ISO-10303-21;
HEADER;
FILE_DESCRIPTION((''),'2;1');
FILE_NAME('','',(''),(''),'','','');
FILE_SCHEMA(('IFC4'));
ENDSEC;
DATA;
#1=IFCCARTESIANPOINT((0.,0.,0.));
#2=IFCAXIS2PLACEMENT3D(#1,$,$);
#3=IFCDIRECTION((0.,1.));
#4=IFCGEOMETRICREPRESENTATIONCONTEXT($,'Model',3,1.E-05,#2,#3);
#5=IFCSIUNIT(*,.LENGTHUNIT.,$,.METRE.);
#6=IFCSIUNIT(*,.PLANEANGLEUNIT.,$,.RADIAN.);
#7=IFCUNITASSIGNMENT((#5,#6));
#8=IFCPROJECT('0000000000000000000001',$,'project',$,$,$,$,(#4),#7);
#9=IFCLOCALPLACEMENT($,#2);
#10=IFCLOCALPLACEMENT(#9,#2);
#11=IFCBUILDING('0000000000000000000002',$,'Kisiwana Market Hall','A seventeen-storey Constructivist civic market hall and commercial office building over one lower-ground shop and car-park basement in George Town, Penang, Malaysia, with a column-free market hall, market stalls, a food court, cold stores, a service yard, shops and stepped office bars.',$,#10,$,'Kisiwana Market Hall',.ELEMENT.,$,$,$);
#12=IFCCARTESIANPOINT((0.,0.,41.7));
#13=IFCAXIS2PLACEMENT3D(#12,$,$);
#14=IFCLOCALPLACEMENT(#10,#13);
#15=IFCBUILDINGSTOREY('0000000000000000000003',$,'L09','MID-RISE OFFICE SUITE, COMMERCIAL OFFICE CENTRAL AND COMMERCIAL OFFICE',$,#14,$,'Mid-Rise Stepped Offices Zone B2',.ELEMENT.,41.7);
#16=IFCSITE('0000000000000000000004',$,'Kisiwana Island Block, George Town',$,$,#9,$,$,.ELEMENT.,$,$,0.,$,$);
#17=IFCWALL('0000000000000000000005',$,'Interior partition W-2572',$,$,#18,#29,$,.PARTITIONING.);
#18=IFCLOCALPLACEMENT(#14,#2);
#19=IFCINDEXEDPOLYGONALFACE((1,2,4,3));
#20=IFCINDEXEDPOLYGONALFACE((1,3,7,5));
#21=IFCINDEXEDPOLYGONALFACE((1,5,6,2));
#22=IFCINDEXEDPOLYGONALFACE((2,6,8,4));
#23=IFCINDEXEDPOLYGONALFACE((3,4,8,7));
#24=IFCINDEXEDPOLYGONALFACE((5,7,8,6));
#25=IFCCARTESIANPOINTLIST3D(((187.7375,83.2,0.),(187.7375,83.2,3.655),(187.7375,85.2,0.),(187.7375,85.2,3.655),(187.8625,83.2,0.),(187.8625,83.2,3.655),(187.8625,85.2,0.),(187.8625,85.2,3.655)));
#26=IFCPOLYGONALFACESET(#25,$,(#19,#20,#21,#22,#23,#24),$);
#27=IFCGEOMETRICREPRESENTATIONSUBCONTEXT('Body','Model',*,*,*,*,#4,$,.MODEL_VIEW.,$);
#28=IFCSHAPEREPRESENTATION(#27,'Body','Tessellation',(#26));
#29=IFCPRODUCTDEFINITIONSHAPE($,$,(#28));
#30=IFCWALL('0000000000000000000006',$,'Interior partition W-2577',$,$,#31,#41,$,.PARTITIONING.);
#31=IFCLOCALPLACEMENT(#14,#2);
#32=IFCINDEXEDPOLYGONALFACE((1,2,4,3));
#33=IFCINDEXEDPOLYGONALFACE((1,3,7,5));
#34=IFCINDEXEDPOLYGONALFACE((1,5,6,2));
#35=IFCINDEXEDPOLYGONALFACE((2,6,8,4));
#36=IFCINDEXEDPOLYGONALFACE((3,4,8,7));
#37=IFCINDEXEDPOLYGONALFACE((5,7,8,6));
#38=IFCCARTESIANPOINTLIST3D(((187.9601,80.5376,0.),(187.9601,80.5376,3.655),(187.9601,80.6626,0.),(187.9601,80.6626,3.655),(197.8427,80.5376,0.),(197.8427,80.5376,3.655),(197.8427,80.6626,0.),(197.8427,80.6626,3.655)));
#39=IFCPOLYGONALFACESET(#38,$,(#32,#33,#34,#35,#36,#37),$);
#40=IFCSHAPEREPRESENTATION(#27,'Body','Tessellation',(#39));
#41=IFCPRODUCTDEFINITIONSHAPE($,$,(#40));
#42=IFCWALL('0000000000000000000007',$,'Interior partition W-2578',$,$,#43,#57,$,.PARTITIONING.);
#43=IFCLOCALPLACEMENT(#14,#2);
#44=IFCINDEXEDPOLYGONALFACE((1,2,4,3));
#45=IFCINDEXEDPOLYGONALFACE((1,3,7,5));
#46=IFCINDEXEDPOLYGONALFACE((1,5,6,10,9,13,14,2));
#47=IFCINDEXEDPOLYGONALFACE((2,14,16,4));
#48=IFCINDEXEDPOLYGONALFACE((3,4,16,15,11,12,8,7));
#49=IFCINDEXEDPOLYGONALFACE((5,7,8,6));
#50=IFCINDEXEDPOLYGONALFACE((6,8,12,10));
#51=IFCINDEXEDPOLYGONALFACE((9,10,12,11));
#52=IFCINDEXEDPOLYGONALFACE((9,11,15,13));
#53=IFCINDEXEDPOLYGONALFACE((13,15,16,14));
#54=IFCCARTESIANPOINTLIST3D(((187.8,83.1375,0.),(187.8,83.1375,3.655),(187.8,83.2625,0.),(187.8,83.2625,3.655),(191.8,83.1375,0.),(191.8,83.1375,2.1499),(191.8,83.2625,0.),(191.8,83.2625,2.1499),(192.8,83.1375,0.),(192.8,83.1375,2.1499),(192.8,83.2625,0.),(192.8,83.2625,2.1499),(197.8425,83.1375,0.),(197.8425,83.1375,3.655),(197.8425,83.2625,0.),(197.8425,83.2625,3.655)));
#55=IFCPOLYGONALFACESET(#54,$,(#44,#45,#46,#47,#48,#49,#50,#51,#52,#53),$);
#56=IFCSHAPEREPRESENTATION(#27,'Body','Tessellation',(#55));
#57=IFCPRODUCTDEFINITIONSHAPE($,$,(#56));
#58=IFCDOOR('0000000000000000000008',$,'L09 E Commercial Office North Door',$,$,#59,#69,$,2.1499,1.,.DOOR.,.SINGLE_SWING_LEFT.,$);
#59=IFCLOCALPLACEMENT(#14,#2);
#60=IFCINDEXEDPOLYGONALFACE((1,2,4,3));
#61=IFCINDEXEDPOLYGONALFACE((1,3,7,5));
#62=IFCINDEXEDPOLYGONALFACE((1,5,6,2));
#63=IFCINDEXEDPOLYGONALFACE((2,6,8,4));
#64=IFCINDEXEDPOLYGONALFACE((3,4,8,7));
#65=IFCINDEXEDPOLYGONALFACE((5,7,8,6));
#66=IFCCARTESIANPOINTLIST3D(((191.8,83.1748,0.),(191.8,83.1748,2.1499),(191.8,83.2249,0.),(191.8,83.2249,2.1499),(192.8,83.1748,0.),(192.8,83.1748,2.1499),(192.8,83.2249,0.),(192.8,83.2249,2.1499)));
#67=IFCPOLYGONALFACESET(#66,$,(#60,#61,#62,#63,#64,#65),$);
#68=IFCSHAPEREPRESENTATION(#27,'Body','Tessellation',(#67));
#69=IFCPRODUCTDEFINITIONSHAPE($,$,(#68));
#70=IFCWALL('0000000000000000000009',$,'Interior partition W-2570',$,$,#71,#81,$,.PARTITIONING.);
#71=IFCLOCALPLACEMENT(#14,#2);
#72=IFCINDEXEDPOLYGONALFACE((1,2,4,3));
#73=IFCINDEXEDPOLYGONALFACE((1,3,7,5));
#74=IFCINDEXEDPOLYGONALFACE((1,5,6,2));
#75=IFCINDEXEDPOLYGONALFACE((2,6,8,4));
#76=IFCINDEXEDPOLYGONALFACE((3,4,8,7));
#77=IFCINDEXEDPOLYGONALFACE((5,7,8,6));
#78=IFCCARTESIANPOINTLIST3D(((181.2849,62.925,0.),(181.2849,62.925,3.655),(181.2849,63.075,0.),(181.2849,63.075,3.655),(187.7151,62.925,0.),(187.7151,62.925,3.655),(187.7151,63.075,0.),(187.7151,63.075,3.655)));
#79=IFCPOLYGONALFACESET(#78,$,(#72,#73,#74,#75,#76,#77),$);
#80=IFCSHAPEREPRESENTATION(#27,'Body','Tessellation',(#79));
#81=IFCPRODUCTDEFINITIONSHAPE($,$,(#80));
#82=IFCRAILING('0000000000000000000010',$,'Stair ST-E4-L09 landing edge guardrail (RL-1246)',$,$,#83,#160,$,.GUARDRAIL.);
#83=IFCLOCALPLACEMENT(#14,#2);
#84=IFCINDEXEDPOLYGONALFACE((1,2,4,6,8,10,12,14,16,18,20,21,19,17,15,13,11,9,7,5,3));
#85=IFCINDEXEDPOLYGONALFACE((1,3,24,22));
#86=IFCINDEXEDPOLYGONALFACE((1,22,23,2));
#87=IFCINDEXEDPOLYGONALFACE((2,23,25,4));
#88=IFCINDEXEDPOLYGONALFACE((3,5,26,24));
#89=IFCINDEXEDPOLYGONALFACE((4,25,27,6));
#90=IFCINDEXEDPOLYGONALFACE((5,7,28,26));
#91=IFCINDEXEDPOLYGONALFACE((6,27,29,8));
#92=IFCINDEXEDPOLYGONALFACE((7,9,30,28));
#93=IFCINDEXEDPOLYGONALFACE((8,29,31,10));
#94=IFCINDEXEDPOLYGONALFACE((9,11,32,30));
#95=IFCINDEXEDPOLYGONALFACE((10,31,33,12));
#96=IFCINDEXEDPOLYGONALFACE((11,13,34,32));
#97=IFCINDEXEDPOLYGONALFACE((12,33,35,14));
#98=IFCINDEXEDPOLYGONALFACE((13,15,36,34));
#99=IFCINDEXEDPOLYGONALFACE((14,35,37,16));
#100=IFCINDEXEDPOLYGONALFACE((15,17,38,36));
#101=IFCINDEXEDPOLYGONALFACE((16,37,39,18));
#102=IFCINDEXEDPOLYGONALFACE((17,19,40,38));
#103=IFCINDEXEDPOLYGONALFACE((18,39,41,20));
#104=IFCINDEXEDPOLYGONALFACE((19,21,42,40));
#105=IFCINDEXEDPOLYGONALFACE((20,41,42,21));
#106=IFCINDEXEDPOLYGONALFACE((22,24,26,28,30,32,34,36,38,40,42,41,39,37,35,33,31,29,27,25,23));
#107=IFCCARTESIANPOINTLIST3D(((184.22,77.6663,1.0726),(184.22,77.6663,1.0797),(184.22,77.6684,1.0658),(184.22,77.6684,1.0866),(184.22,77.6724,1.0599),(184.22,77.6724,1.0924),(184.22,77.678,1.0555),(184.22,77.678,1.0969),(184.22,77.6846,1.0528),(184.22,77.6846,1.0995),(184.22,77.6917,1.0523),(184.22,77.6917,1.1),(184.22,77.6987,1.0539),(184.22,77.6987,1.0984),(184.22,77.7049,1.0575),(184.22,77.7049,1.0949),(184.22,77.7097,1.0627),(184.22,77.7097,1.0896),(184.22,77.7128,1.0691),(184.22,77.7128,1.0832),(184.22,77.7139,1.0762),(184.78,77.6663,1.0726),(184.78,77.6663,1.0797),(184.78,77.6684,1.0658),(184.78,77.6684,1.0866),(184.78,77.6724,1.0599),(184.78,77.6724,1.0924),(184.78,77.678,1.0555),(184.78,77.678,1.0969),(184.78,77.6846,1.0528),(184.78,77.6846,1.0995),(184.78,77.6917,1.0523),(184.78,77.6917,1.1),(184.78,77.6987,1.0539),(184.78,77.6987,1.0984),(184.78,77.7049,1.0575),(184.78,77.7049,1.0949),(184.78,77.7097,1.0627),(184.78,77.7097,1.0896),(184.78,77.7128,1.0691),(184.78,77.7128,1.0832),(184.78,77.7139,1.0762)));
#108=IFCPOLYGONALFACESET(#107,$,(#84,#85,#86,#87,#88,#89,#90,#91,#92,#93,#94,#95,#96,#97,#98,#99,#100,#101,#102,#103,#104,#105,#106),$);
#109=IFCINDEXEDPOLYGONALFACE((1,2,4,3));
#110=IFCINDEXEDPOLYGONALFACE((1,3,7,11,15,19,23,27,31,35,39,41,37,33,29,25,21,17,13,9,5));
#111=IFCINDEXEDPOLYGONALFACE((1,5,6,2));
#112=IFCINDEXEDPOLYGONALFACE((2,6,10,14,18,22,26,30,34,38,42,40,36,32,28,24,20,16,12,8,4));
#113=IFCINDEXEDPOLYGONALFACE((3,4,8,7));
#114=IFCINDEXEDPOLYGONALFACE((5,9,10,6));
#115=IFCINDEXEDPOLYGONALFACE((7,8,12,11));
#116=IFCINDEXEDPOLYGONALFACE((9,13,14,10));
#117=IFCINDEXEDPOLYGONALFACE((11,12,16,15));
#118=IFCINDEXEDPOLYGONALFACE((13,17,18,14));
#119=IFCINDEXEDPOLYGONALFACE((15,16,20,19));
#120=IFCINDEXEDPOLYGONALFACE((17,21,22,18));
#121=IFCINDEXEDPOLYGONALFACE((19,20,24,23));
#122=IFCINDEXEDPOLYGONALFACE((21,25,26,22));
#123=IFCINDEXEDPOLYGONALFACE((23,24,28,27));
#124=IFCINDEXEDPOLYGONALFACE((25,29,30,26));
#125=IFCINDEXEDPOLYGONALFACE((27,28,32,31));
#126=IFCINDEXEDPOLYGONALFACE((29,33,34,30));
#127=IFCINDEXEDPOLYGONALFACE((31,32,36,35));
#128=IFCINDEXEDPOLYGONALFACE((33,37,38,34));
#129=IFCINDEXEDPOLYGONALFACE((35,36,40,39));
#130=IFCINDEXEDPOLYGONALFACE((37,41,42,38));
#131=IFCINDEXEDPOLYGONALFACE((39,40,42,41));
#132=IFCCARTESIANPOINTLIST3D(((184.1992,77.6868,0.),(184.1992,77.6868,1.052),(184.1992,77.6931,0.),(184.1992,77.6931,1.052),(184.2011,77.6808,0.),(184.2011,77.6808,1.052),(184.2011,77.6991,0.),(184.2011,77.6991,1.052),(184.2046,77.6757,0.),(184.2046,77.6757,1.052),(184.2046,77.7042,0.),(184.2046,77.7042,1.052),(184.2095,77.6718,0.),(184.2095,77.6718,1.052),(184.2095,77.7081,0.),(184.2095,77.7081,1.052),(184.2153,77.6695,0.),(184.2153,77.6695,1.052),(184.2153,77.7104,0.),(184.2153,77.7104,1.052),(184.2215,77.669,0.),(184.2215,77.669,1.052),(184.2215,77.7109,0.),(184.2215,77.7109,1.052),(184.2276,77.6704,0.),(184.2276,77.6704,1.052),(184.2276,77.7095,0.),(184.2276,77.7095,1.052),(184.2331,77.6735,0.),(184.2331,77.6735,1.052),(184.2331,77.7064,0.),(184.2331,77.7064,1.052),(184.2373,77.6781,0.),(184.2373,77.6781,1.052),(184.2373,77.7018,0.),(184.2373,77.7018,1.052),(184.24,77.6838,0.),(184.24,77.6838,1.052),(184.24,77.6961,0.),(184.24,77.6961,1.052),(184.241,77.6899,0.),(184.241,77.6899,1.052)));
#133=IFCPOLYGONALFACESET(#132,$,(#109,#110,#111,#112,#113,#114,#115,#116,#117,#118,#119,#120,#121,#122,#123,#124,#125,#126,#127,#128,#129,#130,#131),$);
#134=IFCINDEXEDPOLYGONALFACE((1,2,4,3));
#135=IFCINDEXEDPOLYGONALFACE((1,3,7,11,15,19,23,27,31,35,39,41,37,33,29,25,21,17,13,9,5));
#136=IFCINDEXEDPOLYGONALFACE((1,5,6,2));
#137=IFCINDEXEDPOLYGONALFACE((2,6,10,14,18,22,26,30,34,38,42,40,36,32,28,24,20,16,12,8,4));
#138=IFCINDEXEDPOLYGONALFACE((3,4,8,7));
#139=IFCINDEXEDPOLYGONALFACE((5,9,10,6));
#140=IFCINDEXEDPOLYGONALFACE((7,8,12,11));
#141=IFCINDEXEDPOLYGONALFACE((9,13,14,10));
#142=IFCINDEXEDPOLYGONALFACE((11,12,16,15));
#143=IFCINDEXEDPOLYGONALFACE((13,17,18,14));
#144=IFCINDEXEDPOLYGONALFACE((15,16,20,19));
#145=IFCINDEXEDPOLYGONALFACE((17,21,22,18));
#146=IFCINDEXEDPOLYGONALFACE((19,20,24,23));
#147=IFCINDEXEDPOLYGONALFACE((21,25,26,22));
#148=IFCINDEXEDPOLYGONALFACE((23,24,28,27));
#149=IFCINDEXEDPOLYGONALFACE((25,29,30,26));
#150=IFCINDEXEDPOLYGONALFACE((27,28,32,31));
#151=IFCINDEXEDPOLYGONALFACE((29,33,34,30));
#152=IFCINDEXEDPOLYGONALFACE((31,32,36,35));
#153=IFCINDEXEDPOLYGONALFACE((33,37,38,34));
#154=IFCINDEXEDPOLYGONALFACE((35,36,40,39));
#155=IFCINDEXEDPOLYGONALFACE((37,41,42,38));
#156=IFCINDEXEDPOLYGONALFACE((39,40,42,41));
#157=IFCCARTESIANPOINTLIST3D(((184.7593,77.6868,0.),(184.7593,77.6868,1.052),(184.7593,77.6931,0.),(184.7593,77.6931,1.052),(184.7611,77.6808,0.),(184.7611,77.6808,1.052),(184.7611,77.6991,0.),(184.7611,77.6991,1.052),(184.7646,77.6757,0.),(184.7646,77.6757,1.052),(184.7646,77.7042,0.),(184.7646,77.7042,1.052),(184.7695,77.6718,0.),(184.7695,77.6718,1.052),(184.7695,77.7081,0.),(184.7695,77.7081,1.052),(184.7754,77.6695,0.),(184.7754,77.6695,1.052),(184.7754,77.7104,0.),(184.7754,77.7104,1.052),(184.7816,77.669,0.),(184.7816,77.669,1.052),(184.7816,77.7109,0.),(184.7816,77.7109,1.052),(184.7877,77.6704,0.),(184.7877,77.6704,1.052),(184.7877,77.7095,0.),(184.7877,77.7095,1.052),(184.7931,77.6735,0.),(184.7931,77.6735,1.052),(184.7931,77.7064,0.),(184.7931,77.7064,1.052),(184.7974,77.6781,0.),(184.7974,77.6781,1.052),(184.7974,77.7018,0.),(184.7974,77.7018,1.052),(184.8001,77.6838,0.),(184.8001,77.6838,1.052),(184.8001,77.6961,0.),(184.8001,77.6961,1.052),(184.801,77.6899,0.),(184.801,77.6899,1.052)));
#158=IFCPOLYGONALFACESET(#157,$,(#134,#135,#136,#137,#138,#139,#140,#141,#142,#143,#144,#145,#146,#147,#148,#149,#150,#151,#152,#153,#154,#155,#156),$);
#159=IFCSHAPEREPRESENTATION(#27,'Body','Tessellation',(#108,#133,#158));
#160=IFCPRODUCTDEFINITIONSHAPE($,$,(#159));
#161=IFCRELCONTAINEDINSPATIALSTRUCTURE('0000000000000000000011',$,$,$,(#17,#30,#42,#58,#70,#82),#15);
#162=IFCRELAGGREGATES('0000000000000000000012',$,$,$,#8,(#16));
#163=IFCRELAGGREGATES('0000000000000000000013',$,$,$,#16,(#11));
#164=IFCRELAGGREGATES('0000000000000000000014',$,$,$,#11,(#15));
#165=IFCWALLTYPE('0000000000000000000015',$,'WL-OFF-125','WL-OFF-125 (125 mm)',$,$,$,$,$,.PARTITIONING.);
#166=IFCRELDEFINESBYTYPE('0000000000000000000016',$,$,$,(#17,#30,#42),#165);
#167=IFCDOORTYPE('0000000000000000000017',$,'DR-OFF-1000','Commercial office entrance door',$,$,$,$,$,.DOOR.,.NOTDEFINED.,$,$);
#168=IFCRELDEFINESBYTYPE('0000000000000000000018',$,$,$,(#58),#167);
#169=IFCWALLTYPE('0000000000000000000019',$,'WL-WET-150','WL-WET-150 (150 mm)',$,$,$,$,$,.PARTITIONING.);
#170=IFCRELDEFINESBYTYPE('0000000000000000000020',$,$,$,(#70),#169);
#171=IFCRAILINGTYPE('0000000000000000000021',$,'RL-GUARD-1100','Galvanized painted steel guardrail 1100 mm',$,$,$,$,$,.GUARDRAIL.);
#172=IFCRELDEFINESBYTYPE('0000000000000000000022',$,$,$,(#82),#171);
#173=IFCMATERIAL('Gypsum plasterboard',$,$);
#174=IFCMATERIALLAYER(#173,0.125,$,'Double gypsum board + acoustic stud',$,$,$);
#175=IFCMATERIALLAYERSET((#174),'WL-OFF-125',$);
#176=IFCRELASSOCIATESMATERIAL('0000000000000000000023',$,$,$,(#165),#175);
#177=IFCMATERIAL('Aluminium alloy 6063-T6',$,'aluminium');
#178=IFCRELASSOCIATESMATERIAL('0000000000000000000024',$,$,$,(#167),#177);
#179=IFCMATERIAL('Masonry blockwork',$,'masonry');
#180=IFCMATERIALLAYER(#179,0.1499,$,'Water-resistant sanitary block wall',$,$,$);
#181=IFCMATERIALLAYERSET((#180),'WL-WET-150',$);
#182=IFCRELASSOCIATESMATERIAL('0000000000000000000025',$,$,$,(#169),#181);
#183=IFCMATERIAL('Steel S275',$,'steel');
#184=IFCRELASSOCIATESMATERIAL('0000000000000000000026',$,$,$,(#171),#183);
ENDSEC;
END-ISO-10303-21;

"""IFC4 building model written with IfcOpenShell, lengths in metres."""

from ifc_helpers import new_model, si_unit, direction, frame, frame_2d, origin, origin_2d, place, context, subcontext, project, spatial, rectangle, circle, extrude, material, layer, layer_set, type_object, element, fill, save


model = new_model("IFC4")

# Units and contexts
model_context = context("Model", 3, precision=1e-05, world=origin(), true_north=direction((0.0, 1.0)))
body_context = subcontext(model_context, "Body", "Model", "MODEL_VIEW")
ifc_project = project(units=[si_unit("LENGTHUNIT", "METRE"), si_unit("PLANEANGLEUNIT", "RADIAN")], contexts=[model_context])

# Site, building, storey
site_placement = place(None, origin())
site = spatial("IfcSite", under=ifc_project, at=site_placement, Name="Kisiwana Island Block, George Town", CompositionType="ELEMENT", RefElevation=0.0)
building_placement = place(site_placement, origin())
building = spatial("IfcBuilding", under=site, at=building_placement, Name="Kisiwana Market Hall", Description="A seventeen-storey Constructivist civic market hall and commercial office building over one lower-ground shop and car-park basement in George Town, Penang, Malaysia, with a column-free market hall, market stalls, a food court, cold stores, a service yard, shops and stepped office bars.", LongName="Kisiwana Market Hall", CompositionType="ELEMENT")
storey_placement = place(building_placement, frame((0.0, 0.0, 41.7)))
storey = spatial("IfcBuildingStorey", under=building, at=storey_placement, Name="L09", Description="MID-RISE OFFICE SUITE, COMMERCIAL OFFICE CENTRAL AND COMMERCIAL OFFICE", LongName="Mid-Rise Stepped Offices Zone B2", CompositionType="ELEMENT", Elevation=41.7)

# Walls
ifc_material_1 = material(Name="Gypsum plasterboard")
ifc_layer_1 = layer(ifc_material_1, 0.125, Name="Double gypsum board + acoustic stud")
ifc_layer_set_1 = layer_set([ifc_layer_1], Name="WL-OFF-125")
wall_type_1 = type_object("IfcWallType", Name="WL-OFF-125", Description="WL-OFF-125 (125 mm)", PredefinedType="PARTITIONING", material=ifc_layer_set_1)
wall_1_placement = place(storey_placement, frame((187.8, 83.2, 0.0), z_axis=(0.0, 0.0, 1.0), x_axis=(0.0, 1.0, 0.0)))
element("IfcWall", 1, at=wall_1_placement, inside=storey, type_object=wall_type_1, Name="Interior partition W-2572", PredefinedType="PARTITIONING", context=body_context, shape_type="SweptSolid", body=[
    extrude(rectangle(XDim=2.0, YDim=0.125, at=frame_2d((1.0, 0.0))), origin(), (0.0, 0.0, 1.0), 3.655),
])
wall_2_placement = place(storey_placement, frame((187.96, 80.6001, 0.0), z_axis=(0.0, 0.0, 1.0), x_axis=(1.0, 0.0, 0.0)))
element("IfcWall", 2, at=wall_2_placement, inside=storey, type_object=wall_type_1, Name="Interior partition W-2577", PredefinedType="PARTITIONING", context=body_context, shape_type="SweptSolid", body=[
    extrude(rectangle(XDim=9.8826, YDim=0.125, at=frame_2d((4.9414, 0.0))), origin(), (0.0, 0.0, 1.0), 3.655),
])

# Wall, opening, door
wall_3_placement = place(storey_placement, frame((187.8, 83.2, 0.0), z_axis=(0.0, 0.0, 1.0), x_axis=(1.0, 0.0, 0.0)))
wall_3 = element("IfcWall", 3, at=wall_3_placement, inside=storey, type_object=wall_type_1, Name="Interior partition W-2578", PredefinedType="PARTITIONING", context=body_context, shape_type="SweptSolid", body=[
    extrude(rectangle(XDim=10.0425, YDim=0.125, at=frame_2d((5.0212, 0.0))), origin(), (0.0, 0.0, 1.0), 3.655),
])
opening_1_placement = place(wall_3_placement, frame((4.0, 0.0, 0.0)))
opening_1 = element("IfcOpeningElement", 4, at=opening_1_placement, cuts=wall_3, PredefinedType="OPENING", context=body_context, shape_type="SweptSolid", body=[
    extrude(rectangle(XDim=1.0, YDim=2.1499, at=frame_2d((0.5, 1.075))), frame((0.0, 0.0745, 0.0), z_axis=(0.0, -1.0, 0.0), x_axis=(1.0, 0.0, 0.0)), (0.0, 0.0, 1.0), 0.1489),
])
ifc_material_2 = material(Name="Aluminium alloy 6063-T6", Category="aluminium")
door_type_1 = type_object("IfcDoorType", Name="DR-OFF-1000", Description="Commercial office entrance door", OperationType="NOTDEFINED", PredefinedType="DOOR", material=ifc_material_2)
door_1_placement = place(opening_1_placement, origin())
door_1 = element("IfcDoor", 5, at=door_1_placement, inside=storey, type_object=door_type_1, Name="L09 E Commercial Office North Door", OperationType="SINGLE_SWING_LEFT", OverallHeight=2.1499, OverallWidth=1.0, PredefinedType="DOOR", context=body_context, shape_type="SweptSolid", body=[
    extrude(rectangle(XDim=1.0, YDim=2.1499, at=frame_2d((0.5, 1.075))), frame((0.0, 0.0249, 0.0), z_axis=(0.0, -1.0, 0.0), x_axis=(1.0, 0.0, 0.0)), (0.0, 0.0, 1.0), 0.05),
])
fill(opening_1, door_1)

# Wall
ifc_material_3 = material(Name="Masonry blockwork", Category="masonry")
ifc_layer_2 = layer(ifc_material_3, 0.1499, Name="Water-resistant sanitary block wall")
ifc_layer_set_2 = layer_set([ifc_layer_2], Name="WL-WET-150")
wall_type_2 = type_object("IfcWallType", Name="WL-WET-150", Description="WL-WET-150 (150 mm)", PredefinedType="PARTITIONING", material=ifc_layer_set_2)
wall_4_placement = place(storey_placement, frame((181.2849, 63.0, 0.0), z_axis=(0.0, 0.0, 1.0), x_axis=(1.0, 0.0, 0.0)))
element("IfcWall", 6, at=wall_4_placement, inside=storey, type_object=wall_type_2, Name="Interior partition W-2570", PredefinedType="PARTITIONING", context=body_context, shape_type="SweptSolid", body=[
    extrude(rectangle(XDim=6.4302, YDim=0.1499, at=frame_2d((3.2151, 0.0))), origin(), (0.0, 0.0, 1.0), 3.655),
])

# Railing
ifc_material_4 = material(Name="Steel S275", Category="steel")
railing_type_1 = type_object("IfcRailingType", Name="RL-GUARD-1100", Description="Galvanized painted steel guardrail 1100 mm", PredefinedType="GUARDRAIL", material=ifc_material_4)
railing_1_placement = place(storey_placement, frame((184.22, 77.6899, 0.0)))
element("IfcRailing", 7, at=railing_1_placement, inside=storey, type_object=railing_type_1, Name="Stair ST-E4-L09 landing edge guardrail (RL-1246)", PredefinedType="GUARDRAIL", context=body_context, shape_type="SweptSolid", body=[
    extrude(circle(Radius=0.0239, at=origin_2d()), frame((0.0, 0.0, 1.0762), z_axis=(1.0, 0.0, 0.0), x_axis=(0.0, 1.0, 0.0)), (0.0, 0.0, 1.0), 0.5601),
    extrude(circle(Radius=0.021, at=origin_2d()), origin(), (0.0, 0.0, 1.0), 1.052),
    extrude(circle(Radius=0.021, at=origin_2d()), frame((0.5601, 0.0, 0.0)), (0.0, 0.0, 1.0), 1.052),
])

save(model, "model.ifc")
